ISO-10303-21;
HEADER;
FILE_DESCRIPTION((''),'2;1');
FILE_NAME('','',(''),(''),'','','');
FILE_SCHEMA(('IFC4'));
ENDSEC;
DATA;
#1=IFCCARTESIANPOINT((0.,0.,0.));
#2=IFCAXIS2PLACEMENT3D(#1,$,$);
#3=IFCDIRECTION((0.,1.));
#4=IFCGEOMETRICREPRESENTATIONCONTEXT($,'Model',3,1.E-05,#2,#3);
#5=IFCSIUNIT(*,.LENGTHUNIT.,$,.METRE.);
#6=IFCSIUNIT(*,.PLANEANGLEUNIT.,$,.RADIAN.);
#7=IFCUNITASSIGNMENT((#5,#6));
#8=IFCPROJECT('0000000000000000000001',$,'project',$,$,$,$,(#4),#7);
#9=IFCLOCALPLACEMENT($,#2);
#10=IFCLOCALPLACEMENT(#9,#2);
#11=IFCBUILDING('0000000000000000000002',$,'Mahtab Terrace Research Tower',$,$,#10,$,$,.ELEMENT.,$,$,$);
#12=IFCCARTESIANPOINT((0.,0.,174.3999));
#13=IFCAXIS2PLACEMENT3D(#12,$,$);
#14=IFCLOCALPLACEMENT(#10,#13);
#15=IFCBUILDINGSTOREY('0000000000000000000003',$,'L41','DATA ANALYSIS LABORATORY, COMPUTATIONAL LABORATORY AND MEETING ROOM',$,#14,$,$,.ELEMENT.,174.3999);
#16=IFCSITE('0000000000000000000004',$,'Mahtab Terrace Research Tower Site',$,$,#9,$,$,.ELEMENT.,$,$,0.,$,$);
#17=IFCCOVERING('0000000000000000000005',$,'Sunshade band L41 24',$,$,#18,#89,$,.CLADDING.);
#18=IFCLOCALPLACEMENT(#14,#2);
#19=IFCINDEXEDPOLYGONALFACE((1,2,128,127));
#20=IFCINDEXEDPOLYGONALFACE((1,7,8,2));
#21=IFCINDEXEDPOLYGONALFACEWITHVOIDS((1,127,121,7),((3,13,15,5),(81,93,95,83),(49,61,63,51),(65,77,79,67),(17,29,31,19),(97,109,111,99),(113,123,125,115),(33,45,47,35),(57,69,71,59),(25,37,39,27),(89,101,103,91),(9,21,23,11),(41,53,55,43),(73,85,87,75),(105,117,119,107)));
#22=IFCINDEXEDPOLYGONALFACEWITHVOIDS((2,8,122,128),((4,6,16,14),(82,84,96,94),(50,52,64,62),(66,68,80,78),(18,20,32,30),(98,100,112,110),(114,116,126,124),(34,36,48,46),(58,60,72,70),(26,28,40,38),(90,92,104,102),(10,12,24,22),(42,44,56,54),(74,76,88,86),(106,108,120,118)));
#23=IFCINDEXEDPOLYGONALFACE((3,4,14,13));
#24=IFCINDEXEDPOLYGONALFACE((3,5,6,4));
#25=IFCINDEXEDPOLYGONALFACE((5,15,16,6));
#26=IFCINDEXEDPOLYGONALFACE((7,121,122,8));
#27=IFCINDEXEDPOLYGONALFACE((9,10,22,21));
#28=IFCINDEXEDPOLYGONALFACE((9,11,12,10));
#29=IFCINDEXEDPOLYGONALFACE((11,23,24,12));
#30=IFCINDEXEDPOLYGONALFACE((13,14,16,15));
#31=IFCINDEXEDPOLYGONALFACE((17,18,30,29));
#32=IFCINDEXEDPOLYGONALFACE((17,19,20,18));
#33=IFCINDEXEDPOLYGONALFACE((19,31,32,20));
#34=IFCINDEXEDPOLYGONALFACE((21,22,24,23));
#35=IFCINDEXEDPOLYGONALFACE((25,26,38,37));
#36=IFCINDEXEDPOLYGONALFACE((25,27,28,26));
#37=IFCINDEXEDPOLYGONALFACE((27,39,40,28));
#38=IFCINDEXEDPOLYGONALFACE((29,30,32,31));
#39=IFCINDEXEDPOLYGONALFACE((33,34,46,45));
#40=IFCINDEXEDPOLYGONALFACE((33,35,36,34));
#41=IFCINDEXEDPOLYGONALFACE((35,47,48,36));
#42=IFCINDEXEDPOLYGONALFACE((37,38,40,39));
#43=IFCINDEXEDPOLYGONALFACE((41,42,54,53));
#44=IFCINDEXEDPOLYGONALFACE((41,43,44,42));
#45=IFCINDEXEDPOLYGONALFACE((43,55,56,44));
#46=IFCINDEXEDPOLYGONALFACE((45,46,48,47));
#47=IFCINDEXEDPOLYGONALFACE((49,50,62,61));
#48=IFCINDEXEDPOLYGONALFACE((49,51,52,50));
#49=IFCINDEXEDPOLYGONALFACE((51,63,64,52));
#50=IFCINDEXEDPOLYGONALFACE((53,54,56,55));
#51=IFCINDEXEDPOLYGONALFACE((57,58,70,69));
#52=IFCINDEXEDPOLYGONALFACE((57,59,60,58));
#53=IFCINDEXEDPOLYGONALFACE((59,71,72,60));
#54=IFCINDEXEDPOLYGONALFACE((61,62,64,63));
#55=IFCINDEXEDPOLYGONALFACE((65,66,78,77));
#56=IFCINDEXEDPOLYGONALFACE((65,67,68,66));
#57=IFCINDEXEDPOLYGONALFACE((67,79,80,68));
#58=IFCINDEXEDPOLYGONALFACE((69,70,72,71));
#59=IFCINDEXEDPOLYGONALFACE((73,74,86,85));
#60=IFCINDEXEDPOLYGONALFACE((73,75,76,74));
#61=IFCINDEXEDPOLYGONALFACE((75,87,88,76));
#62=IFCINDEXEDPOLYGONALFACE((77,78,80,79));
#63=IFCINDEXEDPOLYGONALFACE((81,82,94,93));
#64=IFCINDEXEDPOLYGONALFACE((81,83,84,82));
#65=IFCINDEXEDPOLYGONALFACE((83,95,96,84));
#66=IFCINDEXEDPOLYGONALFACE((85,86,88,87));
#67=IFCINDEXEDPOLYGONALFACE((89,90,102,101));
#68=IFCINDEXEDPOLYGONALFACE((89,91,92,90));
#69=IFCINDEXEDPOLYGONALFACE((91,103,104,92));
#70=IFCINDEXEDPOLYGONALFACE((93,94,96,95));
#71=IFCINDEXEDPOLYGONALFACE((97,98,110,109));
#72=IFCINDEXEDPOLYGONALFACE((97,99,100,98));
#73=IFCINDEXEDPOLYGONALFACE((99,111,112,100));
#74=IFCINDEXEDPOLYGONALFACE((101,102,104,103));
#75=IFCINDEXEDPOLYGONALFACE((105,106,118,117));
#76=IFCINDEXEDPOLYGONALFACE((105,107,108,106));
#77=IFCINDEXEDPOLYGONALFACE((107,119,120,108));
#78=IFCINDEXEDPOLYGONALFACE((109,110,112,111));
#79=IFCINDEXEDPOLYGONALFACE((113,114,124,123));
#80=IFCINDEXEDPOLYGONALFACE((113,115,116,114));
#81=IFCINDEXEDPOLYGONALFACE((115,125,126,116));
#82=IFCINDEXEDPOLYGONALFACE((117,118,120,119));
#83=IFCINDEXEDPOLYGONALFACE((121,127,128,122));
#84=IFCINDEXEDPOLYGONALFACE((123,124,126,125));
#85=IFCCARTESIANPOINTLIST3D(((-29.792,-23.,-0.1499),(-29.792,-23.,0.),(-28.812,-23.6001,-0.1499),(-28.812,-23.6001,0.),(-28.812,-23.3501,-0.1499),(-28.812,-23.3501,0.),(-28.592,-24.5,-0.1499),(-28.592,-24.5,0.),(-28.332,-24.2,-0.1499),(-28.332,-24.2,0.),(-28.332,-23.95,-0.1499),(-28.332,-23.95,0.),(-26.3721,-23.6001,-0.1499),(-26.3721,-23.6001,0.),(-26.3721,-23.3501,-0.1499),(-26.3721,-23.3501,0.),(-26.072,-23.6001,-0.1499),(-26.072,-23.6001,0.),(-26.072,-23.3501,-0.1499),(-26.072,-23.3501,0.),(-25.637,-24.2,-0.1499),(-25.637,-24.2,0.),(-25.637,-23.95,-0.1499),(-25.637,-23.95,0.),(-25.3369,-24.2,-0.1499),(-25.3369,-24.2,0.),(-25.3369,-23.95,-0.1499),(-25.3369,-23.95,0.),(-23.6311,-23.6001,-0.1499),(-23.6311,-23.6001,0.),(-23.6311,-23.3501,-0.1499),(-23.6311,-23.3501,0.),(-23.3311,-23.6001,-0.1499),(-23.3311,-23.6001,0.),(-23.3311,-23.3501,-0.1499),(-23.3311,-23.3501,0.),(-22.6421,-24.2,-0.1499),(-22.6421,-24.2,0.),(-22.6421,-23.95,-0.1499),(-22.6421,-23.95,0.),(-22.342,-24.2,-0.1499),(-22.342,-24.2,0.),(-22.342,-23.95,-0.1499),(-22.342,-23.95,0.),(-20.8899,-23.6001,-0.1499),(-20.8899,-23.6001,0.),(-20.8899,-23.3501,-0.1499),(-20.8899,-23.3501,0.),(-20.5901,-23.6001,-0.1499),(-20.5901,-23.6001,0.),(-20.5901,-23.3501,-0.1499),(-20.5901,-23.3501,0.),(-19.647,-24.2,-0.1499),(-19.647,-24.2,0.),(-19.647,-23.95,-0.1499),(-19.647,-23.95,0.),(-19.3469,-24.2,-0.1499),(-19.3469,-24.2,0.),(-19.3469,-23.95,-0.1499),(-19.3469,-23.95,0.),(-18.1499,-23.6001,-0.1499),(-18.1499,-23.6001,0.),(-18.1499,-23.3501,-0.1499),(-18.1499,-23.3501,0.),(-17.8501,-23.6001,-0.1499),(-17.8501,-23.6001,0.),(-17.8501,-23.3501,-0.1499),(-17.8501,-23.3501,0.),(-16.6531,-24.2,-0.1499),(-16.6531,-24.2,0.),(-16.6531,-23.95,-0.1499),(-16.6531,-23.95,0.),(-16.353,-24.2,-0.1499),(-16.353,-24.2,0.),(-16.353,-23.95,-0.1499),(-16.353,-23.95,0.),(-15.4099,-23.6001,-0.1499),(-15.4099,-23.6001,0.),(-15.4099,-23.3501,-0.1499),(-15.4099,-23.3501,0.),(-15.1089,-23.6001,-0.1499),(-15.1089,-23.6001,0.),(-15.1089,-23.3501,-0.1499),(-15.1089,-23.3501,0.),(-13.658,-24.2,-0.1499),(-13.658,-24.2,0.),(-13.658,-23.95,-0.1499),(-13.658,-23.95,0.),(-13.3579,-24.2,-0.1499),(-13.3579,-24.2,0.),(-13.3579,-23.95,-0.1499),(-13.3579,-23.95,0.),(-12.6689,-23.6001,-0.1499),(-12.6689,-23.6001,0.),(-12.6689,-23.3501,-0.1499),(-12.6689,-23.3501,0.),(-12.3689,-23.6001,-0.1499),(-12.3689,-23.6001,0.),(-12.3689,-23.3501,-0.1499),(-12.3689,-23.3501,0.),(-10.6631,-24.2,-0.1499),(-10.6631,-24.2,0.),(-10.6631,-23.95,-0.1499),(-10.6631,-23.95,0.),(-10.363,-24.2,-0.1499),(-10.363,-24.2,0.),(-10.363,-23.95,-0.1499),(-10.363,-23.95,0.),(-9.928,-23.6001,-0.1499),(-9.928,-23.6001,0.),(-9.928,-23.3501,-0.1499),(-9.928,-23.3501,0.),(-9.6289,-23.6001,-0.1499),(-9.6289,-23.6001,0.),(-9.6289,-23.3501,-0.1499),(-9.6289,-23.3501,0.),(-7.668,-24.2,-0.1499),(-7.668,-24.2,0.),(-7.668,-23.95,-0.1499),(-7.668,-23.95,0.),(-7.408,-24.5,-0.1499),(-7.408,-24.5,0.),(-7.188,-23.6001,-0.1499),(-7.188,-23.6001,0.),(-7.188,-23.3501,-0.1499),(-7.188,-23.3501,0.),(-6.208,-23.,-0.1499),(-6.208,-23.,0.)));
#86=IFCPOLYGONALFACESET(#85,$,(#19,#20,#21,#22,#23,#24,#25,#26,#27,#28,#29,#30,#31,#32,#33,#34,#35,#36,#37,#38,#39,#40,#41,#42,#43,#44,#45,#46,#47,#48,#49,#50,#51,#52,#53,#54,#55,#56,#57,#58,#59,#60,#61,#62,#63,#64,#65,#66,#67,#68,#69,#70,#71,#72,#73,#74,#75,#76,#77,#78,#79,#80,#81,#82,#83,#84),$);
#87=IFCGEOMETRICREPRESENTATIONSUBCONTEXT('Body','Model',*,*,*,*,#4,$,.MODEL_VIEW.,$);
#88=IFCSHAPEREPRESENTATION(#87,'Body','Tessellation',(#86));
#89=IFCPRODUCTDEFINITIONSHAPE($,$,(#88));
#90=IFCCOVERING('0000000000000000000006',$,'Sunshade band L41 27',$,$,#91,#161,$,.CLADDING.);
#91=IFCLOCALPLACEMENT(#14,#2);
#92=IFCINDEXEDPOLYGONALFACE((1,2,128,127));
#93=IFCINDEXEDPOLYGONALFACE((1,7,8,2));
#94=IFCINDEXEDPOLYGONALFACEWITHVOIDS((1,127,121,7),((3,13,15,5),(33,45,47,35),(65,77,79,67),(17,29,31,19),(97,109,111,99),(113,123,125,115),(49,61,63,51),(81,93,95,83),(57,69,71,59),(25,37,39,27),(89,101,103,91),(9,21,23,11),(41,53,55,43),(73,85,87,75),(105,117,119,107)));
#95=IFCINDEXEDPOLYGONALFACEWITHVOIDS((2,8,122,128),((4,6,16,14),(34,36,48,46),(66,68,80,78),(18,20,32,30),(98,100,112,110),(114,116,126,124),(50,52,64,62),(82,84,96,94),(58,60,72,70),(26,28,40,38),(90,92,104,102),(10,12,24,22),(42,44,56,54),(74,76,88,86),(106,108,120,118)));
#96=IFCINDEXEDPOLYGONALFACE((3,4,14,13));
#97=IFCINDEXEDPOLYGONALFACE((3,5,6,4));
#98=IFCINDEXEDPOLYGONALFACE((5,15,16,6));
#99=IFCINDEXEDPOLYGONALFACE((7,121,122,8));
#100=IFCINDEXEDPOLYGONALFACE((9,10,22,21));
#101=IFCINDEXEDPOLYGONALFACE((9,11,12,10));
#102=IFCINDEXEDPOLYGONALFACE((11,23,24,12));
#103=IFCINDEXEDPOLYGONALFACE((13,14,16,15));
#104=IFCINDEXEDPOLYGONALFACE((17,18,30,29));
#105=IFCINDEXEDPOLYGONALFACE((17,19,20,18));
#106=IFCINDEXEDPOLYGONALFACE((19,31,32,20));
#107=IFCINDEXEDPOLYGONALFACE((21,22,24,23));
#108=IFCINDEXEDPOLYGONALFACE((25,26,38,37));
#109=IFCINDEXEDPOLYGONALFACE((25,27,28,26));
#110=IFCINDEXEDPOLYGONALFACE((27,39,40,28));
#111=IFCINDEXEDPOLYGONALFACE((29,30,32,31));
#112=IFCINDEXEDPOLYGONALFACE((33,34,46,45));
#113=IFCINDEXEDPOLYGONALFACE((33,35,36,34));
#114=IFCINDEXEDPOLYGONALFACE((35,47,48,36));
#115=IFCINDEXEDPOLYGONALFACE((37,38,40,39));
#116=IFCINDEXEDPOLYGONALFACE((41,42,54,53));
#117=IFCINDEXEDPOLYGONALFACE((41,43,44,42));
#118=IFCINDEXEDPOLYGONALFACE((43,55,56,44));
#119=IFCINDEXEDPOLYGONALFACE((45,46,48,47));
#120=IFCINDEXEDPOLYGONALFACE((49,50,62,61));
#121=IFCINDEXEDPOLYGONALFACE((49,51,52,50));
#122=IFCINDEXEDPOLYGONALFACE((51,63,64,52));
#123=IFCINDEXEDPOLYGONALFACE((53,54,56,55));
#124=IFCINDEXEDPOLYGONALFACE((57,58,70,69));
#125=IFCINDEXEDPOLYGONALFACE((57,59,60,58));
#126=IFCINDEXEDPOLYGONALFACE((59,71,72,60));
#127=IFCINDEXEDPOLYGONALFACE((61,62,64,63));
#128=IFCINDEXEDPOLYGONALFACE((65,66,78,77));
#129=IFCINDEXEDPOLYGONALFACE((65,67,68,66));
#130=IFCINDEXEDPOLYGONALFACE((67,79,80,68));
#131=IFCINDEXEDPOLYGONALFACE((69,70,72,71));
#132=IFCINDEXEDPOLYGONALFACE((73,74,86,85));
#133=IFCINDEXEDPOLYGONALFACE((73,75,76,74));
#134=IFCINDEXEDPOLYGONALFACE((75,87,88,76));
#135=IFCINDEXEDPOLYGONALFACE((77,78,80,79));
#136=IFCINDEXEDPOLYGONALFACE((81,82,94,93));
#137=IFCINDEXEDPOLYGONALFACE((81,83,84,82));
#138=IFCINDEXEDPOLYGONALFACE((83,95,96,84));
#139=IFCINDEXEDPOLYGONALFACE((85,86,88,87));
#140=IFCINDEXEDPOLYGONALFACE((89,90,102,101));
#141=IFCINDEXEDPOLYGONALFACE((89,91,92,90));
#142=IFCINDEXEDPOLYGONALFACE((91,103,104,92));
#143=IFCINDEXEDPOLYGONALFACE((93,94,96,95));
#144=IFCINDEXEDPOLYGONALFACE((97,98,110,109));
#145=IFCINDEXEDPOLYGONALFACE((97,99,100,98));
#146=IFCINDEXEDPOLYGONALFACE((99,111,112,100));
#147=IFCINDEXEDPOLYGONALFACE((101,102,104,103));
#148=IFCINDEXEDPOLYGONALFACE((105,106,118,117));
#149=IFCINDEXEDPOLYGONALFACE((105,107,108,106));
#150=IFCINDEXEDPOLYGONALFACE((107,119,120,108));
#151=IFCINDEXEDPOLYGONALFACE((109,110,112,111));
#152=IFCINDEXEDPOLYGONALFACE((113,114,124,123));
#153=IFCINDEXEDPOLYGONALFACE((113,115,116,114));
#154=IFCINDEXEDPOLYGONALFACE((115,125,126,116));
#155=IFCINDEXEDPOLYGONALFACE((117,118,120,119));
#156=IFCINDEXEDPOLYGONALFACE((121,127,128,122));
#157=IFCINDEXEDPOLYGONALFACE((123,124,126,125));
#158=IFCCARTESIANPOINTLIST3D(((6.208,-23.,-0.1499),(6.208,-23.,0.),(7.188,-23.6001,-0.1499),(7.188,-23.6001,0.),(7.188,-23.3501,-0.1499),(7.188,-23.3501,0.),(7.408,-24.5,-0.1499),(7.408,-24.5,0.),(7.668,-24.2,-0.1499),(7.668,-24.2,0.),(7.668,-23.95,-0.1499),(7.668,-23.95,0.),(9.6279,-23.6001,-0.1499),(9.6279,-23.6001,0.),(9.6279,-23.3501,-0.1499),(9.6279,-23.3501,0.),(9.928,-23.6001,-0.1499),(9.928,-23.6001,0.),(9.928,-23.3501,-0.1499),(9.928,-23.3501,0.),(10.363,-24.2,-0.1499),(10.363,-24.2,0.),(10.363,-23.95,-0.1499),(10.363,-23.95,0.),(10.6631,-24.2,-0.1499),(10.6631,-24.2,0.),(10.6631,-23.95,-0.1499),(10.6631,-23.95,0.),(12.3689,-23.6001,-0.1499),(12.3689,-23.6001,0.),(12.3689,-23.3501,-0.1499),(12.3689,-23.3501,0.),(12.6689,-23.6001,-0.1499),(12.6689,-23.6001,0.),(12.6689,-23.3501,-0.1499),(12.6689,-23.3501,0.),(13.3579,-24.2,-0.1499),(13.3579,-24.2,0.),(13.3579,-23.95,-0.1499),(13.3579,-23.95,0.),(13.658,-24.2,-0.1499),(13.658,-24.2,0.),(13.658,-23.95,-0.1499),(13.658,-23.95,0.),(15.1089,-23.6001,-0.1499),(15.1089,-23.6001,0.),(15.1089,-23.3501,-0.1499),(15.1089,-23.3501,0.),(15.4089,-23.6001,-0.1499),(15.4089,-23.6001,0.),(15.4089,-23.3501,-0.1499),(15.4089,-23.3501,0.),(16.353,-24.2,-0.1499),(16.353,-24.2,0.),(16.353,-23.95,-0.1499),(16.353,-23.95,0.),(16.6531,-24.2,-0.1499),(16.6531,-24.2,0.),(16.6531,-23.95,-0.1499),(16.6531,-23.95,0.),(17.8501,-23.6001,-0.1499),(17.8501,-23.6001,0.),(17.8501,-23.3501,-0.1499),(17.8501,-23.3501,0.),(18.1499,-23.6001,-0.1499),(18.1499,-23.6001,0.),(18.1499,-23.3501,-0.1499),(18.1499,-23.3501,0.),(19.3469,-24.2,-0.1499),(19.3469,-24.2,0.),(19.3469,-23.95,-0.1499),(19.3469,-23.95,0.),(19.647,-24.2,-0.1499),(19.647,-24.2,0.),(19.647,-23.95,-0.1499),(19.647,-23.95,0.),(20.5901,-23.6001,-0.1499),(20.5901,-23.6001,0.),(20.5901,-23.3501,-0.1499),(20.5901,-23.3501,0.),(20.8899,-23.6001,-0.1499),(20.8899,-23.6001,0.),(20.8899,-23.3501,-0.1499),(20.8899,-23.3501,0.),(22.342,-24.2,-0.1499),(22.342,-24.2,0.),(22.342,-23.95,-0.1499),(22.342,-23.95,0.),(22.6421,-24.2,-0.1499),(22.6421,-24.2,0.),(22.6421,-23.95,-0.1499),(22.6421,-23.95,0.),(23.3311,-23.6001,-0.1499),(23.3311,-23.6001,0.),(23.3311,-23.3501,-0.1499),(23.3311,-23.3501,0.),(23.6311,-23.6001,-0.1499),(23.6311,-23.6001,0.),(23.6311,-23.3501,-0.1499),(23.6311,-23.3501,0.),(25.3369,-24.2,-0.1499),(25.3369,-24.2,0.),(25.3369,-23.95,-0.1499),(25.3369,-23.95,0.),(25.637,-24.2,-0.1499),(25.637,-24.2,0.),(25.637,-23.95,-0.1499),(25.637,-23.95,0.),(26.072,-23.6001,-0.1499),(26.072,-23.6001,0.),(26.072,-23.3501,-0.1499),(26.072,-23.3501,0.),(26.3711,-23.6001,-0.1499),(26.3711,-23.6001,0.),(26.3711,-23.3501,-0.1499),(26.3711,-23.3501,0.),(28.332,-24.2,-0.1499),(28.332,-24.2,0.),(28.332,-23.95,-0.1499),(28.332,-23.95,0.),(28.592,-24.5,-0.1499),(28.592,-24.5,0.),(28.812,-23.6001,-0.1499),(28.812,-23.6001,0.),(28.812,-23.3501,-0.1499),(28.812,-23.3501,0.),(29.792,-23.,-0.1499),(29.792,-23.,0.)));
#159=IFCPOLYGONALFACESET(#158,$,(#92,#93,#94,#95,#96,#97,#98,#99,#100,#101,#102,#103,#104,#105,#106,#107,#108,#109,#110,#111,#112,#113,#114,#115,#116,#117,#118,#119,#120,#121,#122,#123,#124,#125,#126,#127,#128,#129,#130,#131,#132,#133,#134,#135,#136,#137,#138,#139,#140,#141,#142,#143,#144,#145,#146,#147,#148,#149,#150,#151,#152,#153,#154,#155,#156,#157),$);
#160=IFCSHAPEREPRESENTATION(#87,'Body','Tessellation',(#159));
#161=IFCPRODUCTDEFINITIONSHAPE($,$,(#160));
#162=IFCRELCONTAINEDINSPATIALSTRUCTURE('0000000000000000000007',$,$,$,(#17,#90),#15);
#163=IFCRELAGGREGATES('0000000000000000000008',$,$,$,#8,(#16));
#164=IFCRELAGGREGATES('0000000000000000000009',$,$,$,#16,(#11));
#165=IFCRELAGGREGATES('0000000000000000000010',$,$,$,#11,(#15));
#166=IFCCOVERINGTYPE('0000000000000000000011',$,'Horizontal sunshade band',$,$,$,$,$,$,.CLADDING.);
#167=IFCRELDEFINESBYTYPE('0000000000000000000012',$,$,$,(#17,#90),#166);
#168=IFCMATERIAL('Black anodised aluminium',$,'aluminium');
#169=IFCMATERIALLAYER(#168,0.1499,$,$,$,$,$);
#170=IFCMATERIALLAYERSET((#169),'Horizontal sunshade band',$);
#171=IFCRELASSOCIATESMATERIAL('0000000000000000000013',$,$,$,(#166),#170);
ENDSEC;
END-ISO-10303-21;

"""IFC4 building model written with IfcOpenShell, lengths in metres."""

from ifc_helpers import new_model, si_unit, direction, frame, origin, place, context, subcontext, project, spatial, polyline, outline, extrude, material, layer, layer_set, type_object, element, save


model = new_model("IFC4")

# Units and contexts
model_context = context("Model", 3, precision=1e-05, world=origin(), true_north=direction((0.0, 1.0)))
body_context = subcontext(model_context, "Body", "Model", "MODEL_VIEW")
ifc_project = project(units=[si_unit("LENGTHUNIT", "METRE"), si_unit("PLANEANGLEUNIT", "RADIAN")], contexts=[model_context])

# Site, building, storey
site_placement = place(None, origin())
site = spatial("IfcSite", under=ifc_project, at=site_placement, Name="Mahtab Terrace Research Tower Site", CompositionType="ELEMENT", RefElevation=0.0)
building_placement = place(site_placement, origin())
building = spatial("IfcBuilding", under=site, at=building_placement, Name="Mahtab Terrace Research Tower", CompositionType="ELEMENT")
storey_placement = place(building_placement, frame((0.0, 0.0, 174.3999)))
storey = spatial("IfcBuildingStorey", under=building, at=storey_placement, Name="L41", Description="DATA ANALYSIS LABORATORY, COMPUTATIONAL LABORATORY AND MEETING ROOM", CompositionType="ELEMENT", Elevation=174.3999)

# Coverings
ifc_material_1 = material(Name="Black anodised aluminium", Category="aluminium")
ifc_layer_1 = layer(ifc_material_1, 0.1499)
ifc_layer_set_1 = layer_set([ifc_layer_1], Name="Horizontal sunshade band")
covering_type_1 = type_object("IfcCoveringType", Name="Horizontal sunshade band", PredefinedType="CLADDING", material=ifc_layer_set_1)
covering_1_placement = place(storey_placement, frame((0.0, 0.0, -0.1499)))
element("IfcCovering", 1, at=covering_1_placement, inside=storey, type_object=covering_type_1, Name="Sunshade band L41 24", PredefinedType="CLADDING", context=body_context, shape_type="SweptSolid", body=[
    extrude(outline(polyline([(-29.792, -23.0), (-6.208, -23.0), (-7.408, -24.5), (-28.592, -24.5), (-29.792, -23.0)]), holes=[polyline([(-28.812, -23.3501), (-26.3721, -23.3501), (-26.3721, -23.6001), (-28.812, -23.6001), (-28.812, -23.3501)]), polyline([(-26.072, -23.3501), (-23.6311, -23.3501), (-23.6311, -23.6001), (-26.072, -23.6001), (-26.072, -23.3501)]), polyline([(-23.3311, -23.3501), (-20.8899, -23.3501), (-20.8899, -23.6001), (-23.3311, -23.6001), (-23.3311, -23.3501)]), polyline([(-20.5901, -23.3501), (-18.1499, -23.3501), (-18.1499, -23.6001), (-20.5901, -23.6001), (-20.5901, -23.3501)]), polyline([(-17.8501, -23.3501), (-15.4099, -23.3501), (-15.4099, -23.6001), (-17.8501, -23.6001), (-17.8501, -23.3501)]), polyline([(-15.1089, -23.3501), (-12.6689, -23.3501), (-12.6689, -23.6001), (-15.1089, -23.6001), (-15.1089, -23.3501)]), polyline([(-12.3689, -23.3501), (-9.928, -23.3501), (-9.928, -23.6001), (-12.3689, -23.6001), (-12.3689, -23.3501)]), polyline([(-9.6289, -23.3501), (-7.188, -23.3501), (-7.188, -23.6001), (-9.6289, -23.6001), (-9.6289, -23.3501)]), polyline([(-28.332, -23.95), (-25.637, -23.95), (-25.637, -24.2), (-28.332, -24.2), (-28.332, -23.95)]), polyline([(-25.3369, -23.95), (-22.6421, -23.95), (-22.6421, -24.2), (-25.3369, -24.2), (-25.3369, -23.95)]), polyline([(-22.342, -23.95), (-19.647, -23.95), (-19.647, -24.2), (-22.342, -24.2), (-22.342, -23.95)]), polyline([(-19.3469, -23.95), (-16.6531, -23.95), (-16.6531, -24.2), (-19.3469, -24.2), (-19.3469, -23.95)]), polyline([(-16.353, -23.95), (-13.658, -23.95), (-13.658, -24.2), (-16.353, -24.2), (-16.353, -23.95)]), polyline([(-13.3579, -23.95), (-10.6631, -23.95), (-10.6631, -24.2), (-13.3579, -24.2), (-13.3579, -23.95)]), polyline([(-10.363, -23.95), (-7.668, -23.95), (-7.668, -24.2), (-10.363, -24.2), (-10.363, -23.95)])]), origin(), (0.0, 0.0, 1.0), 0.1499),
])
covering_2_placement = place(storey_placement, frame((0.0, 0.0, -0.1499)))
element("IfcCovering", 2, at=covering_2_placement, inside=storey, type_object=covering_type_1, Name="Sunshade band L41 27", PredefinedType="CLADDING", context=body_context, shape_type="SweptSolid", body=[
    extrude(outline(polyline([(6.208, -23.0), (29.792, -23.0), (28.592, -24.5), (7.408, -24.5), (6.208, -23.0)]), holes=[polyline([(7.188, -23.3501), (9.6279, -23.3501), (9.6279, -23.6001), (7.188, -23.6001), (7.188, -23.3501)]), polyline([(9.928, -23.3501), (12.3689, -23.3501), (12.3689, -23.6001), (9.928, -23.6001), (9.928, -23.3501)]), polyline([(12.6689, -23.3501), (15.1089, -23.3501), (15.1089, -23.6001), (12.6689, -23.6001), (12.6689, -23.3501)]), polyline([(15.4089, -23.3501), (17.8501, -23.3501), (17.8501, -23.6001), (15.4089, -23.6001), (15.4089, -23.3501)]), polyline([(18.1499, -23.3501), (20.5901, -23.3501), (20.5901, -23.6001), (18.1499, -23.6001), (18.1499, -23.3501)]), polyline([(20.8899, -23.3501), (23.3311, -23.3501), (23.3311, -23.6001), (20.8899, -23.6001), (20.8899, -23.3501)]), polyline([(23.6311, -23.3501), (26.072, -23.3501), (26.072, -23.6001), (23.6311, -23.6001), (23.6311, -23.3501)]), polyline([(26.3711, -23.3501), (28.812, -23.3501), (28.812, -23.6001), (26.3711, -23.6001), (26.3711, -23.3501)]), polyline([(7.668, -23.95), (10.363, -23.95), (10.363, -24.2), (7.668, -24.2), (7.668, -23.95)]), polyline([(10.6631, -23.95), (13.3579, -23.95), (13.3579, -24.2), (10.6631, -24.2), (10.6631, -23.95)]), polyline([(13.658, -23.95), (16.353, -23.95), (16.353, -24.2), (13.658, -24.2), (13.658, -23.95)]), polyline([(16.6531, -23.95), (19.3469, -23.95), (19.3469, -24.2), (16.6531, -24.2), (16.6531, -23.95)]), polyline([(19.647, -23.95), (22.342, -23.95), (22.342, -24.2), (19.647, -24.2), (19.647, -23.95)]), polyline([(22.6421, -23.95), (25.3369, -23.95), (25.3369, -24.2), (22.6421, -24.2), (22.6421, -23.95)]), polyline([(25.637, -23.95), (28.332, -23.95), (28.332, -24.2), (25.637, -24.2), (25.637, -23.95)])]), origin(), (0.0, 0.0, 1.0), 0.1499),
])

save(model, "model.ifc")
